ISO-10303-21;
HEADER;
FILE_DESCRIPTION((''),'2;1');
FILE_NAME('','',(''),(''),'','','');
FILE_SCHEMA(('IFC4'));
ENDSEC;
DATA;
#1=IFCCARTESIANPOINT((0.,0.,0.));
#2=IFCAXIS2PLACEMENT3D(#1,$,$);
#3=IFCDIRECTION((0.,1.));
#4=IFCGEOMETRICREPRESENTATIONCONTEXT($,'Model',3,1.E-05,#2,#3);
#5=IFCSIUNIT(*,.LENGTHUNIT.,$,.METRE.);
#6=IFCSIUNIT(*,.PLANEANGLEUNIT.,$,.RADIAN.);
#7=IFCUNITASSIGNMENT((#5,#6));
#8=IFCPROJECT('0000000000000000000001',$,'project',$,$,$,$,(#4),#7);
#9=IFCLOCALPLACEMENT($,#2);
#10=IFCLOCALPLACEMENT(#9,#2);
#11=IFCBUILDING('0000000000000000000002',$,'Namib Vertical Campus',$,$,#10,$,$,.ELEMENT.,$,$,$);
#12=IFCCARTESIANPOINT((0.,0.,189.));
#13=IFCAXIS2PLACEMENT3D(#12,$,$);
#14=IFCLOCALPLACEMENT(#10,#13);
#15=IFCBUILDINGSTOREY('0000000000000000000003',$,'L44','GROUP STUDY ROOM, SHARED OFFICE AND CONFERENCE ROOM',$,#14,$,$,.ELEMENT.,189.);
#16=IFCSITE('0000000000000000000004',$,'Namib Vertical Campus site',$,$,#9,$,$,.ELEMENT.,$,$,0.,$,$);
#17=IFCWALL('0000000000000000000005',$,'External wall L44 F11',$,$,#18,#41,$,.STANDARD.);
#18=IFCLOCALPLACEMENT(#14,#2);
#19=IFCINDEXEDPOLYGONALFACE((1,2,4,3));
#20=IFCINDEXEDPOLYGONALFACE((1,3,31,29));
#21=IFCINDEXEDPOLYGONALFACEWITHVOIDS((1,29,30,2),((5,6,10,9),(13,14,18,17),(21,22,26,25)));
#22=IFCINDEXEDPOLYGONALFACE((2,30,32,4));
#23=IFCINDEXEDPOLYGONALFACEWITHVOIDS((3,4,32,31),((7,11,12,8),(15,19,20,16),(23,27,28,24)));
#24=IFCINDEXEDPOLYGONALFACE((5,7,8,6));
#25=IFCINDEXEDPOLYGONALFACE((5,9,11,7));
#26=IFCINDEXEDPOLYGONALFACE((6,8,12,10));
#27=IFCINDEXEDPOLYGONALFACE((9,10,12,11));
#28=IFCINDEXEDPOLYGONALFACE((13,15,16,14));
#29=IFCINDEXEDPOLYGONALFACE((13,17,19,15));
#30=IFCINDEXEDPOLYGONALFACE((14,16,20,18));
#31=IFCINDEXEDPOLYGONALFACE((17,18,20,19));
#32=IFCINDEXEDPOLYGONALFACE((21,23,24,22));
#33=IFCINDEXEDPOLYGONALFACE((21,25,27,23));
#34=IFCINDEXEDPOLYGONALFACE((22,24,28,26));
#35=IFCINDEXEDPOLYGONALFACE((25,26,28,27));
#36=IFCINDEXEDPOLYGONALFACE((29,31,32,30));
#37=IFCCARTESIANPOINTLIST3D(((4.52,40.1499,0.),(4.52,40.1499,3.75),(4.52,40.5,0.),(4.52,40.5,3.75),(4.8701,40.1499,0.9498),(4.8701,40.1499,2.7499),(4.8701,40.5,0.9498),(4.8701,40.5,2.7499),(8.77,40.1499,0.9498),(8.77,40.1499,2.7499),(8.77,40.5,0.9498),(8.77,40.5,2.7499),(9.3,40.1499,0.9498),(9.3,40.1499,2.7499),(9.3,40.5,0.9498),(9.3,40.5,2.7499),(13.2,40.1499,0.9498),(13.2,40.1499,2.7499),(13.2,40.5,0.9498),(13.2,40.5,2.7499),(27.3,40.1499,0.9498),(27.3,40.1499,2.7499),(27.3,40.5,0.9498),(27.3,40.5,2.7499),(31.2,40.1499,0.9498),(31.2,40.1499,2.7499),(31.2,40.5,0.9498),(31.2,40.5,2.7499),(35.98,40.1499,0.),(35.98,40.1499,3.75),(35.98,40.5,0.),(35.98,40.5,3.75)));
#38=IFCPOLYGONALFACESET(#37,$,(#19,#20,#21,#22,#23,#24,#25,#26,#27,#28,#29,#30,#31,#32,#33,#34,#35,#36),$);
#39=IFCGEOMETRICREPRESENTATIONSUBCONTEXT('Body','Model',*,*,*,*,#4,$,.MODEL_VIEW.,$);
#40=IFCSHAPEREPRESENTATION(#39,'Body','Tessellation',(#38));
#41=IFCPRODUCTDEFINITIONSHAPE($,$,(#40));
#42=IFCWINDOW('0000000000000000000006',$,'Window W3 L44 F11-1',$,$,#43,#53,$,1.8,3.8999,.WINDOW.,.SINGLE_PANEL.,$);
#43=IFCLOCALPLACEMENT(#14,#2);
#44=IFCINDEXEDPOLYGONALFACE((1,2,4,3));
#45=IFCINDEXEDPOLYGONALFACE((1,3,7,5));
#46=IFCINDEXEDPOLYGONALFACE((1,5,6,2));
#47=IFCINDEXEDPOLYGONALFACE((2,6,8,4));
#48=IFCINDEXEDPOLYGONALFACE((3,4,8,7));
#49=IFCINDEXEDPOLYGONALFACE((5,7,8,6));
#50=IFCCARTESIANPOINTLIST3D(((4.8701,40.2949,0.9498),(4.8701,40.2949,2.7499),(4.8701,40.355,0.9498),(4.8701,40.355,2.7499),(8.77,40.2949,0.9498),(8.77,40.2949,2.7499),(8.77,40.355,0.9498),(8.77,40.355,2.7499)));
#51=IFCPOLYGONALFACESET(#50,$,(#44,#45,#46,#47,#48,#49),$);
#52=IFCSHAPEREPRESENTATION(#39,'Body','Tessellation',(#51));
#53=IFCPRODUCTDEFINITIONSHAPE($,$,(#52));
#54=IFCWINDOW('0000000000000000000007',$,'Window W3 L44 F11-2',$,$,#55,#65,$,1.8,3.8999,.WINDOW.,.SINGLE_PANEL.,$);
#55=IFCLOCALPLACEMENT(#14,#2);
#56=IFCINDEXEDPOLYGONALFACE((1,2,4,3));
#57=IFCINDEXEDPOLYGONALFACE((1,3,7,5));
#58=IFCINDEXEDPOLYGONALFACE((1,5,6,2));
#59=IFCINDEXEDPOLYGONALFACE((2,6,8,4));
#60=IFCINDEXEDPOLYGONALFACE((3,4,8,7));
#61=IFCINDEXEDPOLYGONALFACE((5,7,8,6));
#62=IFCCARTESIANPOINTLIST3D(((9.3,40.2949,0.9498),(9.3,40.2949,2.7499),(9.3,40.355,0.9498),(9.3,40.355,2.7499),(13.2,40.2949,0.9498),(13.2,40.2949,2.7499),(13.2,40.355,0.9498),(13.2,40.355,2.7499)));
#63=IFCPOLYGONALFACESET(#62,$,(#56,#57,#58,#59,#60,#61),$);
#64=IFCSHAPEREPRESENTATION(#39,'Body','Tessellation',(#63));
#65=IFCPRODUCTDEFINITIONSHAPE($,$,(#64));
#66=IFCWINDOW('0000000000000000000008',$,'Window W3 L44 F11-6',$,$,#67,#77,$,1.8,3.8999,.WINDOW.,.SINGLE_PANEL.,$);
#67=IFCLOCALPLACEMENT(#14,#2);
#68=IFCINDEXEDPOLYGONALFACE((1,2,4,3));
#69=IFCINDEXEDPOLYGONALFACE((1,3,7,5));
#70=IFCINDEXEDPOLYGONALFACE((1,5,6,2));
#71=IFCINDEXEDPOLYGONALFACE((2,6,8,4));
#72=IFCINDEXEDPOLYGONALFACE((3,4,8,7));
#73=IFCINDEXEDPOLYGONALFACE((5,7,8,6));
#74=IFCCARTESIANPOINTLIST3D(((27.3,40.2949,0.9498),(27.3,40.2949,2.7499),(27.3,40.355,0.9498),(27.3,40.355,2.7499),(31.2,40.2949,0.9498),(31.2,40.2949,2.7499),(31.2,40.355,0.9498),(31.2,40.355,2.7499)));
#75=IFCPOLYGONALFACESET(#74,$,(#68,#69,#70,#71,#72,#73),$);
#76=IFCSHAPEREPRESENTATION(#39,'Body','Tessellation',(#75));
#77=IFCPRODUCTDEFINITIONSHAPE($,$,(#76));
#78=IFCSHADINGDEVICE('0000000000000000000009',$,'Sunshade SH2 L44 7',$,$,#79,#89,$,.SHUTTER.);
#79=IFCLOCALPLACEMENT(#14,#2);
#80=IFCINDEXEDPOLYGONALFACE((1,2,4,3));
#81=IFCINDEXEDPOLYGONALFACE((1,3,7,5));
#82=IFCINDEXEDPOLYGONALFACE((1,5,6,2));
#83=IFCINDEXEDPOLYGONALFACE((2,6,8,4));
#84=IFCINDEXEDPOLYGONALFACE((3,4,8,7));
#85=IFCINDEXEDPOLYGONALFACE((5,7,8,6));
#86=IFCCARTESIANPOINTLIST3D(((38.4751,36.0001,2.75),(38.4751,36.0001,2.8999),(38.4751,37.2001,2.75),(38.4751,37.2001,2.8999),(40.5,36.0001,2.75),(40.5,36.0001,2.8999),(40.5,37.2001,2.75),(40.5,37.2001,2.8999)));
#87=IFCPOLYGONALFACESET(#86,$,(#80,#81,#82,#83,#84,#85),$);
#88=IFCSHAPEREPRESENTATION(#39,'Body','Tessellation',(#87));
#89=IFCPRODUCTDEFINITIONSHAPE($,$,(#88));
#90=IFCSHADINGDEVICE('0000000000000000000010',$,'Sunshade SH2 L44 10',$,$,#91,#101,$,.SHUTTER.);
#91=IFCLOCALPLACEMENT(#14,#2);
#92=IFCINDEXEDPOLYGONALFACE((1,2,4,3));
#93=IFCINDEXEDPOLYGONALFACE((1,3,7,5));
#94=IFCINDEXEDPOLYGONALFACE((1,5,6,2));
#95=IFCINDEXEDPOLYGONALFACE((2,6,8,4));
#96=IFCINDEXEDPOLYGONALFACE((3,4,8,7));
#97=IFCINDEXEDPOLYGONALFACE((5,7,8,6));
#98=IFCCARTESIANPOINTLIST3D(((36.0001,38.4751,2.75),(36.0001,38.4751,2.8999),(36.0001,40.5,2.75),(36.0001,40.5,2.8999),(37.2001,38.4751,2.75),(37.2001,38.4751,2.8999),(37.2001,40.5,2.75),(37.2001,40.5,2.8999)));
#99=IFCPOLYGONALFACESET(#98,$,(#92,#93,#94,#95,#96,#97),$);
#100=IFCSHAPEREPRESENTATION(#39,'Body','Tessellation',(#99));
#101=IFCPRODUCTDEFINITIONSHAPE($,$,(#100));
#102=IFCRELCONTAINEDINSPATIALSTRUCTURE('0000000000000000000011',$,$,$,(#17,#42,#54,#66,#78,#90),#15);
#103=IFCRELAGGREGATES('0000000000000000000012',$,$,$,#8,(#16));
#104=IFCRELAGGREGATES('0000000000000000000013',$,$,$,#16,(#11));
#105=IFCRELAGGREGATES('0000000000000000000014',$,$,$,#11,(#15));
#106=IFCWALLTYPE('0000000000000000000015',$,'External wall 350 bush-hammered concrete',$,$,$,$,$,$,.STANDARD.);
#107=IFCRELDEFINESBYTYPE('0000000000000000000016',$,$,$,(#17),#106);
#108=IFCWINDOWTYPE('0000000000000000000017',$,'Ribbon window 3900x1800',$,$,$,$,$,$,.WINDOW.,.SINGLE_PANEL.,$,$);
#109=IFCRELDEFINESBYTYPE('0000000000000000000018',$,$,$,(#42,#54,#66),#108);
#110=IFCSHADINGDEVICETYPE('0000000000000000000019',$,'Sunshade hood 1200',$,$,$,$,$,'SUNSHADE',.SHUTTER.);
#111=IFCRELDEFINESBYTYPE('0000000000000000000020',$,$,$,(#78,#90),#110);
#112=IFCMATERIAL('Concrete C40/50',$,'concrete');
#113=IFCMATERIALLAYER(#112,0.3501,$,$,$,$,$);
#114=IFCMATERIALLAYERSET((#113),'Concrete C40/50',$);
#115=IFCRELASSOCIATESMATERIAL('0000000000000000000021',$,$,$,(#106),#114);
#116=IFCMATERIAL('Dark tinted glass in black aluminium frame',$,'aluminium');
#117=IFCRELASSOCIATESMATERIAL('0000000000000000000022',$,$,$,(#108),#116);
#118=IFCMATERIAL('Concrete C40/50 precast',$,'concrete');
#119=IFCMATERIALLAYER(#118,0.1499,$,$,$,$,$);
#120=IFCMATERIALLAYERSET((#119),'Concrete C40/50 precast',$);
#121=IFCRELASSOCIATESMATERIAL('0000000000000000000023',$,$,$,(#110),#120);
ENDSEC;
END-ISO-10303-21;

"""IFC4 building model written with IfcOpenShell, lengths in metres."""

from ifc_helpers import new_model, si_unit, direction, frame, frame_2d, origin, origin_2d, place, context, subcontext, project, spatial, rectangle, extrude, material, layer, layer_set, type_object, element, fill, save


model = new_model("IFC4")

# Units and contexts
model_context = context("Model", 3, precision=1e-05, world=origin(), true_north=direction((0.0, 1.0)))
body_context = subcontext(model_context, "Body", "Model", "MODEL_VIEW")
ifc_project = project(units=[si_unit("LENGTHUNIT", "METRE"), si_unit("PLANEANGLEUNIT", "RADIAN")], contexts=[model_context])

# Site, building, storey
site_placement = place(None, origin())
site = spatial("IfcSite", under=ifc_project, at=site_placement, Name="Namib Vertical Campus site", CompositionType="ELEMENT", RefElevation=0.0)
building_placement = place(site_placement, origin())
building = spatial("IfcBuilding", under=site, at=building_placement, Name="Namib Vertical Campus", CompositionType="ELEMENT")
storey_placement = place(building_placement, frame((0.0, 0.0, 189.0)))
storey = spatial("IfcBuildingStorey", under=building, at=storey_placement, Name="L44", Description="GROUP STUDY ROOM, SHARED OFFICE AND CONFERENCE ROOM", CompositionType="ELEMENT", Elevation=189.0)

# Shared definitions
ifc_material_1 = material(Name="Concrete C40/50", Category="concrete")
ifc_layer_1 = layer(ifc_material_1, 0.3501)
ifc_layer_set_1 = layer_set([ifc_layer_1], Name="Concrete C40/50")
wall_type_1 = type_object("IfcWallType", Name="External wall 350 bush-hammered concrete", PredefinedType="STANDARD", material=ifc_layer_set_1)

# Wall, openings, windows
wall_1_placement = place(storey_placement, frame((35.98, 40.325, 0.0), z_axis=(0.0, 0.0, 1.0), x_axis=(-1.0, 0.0, 0.0)))
wall_1 = element("IfcWall", 1, at=wall_1_placement, inside=storey, type_object=wall_type_1, Name="External wall L44 F11", PredefinedType="STANDARD", context=body_context, shape_type="SweptSolid", body=[
    extrude(rectangle(XDim=31.46, YDim=0.3501, at=frame_2d((15.73, 0.0))), origin(), (0.0, 0.0, 1.0), 3.75),
])
opening_1_placement = place(wall_1_placement, frame((27.21, 0.0, 0.95)))
opening_1 = element("IfcOpeningElement", 2, at=opening_1_placement, cuts=wall_1, PredefinedType="OPENING", context=body_context, shape_type="SweptSolid", body=[
    extrude(rectangle(XDim=3.8999, YDim=1.8, at=frame_2d((1.95, 0.8999))), frame((0.0, 0.1851, 0.0), z_axis=(0.0, -1.0, 0.0), x_axis=(1.0, 0.0, 0.0)), (0.0, 0.0, 1.0), 0.3701),
])
opening_2_placement = place(wall_1_placement, frame((22.78, 0.0, 0.95)))
opening_2 = element("IfcOpeningElement", 3, at=opening_2_placement, cuts=wall_1, PredefinedType="OPENING", context=body_context, shape_type="SweptSolid", body=[
    extrude(rectangle(XDim=3.8999, YDim=1.8, at=frame_2d((1.95, 0.8999))), frame((0.0, 0.1851, 0.0), z_axis=(0.0, -1.0, 0.0), x_axis=(1.0, 0.0, 0.0)), (0.0, 0.0, 1.0), 0.3701),
])
opening_3_placement = place(wall_1_placement, frame((4.78, 0.0, 0.95)))
opening_3 = element("IfcOpeningElement", 4, at=opening_3_placement, cuts=wall_1, PredefinedType="OPENING", context=body_context, shape_type="SweptSolid", body=[
    extrude(rectangle(XDim=3.8999, YDim=1.8, at=frame_2d((1.95, 0.8999))), frame((0.0, 0.1851, 0.0), z_axis=(0.0, -1.0, 0.0), x_axis=(1.0, 0.0, 0.0)), (0.0, 0.0, 1.0), 0.3701),
])
ifc_material_2 = material(Name="Dark tinted glass in black aluminium frame", Category="aluminium")
window_type = type_object("IfcWindowType", Name="Ribbon window 3900x1800", PartitioningType="SINGLE_PANEL", PredefinedType="WINDOW", material=ifc_material_2)
window_1_placement = place(opening_1_placement, origin())
window_1 = element("IfcWindow", 5, at=window_1_placement, inside=storey, type_object=window_type, Name="Window W3 L44 F11-1", OverallHeight=1.8, OverallWidth=3.8999, PartitioningType="SINGLE_PANEL", PredefinedType="WINDOW", context=body_context, shape_type="SweptSolid", body=[
    extrude(rectangle(XDim=3.8999, YDim=1.8, at=frame_2d((1.95, 0.8999))), frame((0.0, 0.03, 0.0), z_axis=(0.0, -1.0, 0.0), x_axis=(1.0, 0.0, 0.0)), (0.0, 0.0, 1.0), 0.0601),
])
fill(opening_1, window_1)
window_2_placement = place(opening_2_placement, origin())
window_2 = element("IfcWindow", 6, at=window_2_placement, inside=storey, type_object=window_type, Name="Window W3 L44 F11-2", OverallHeight=1.8, OverallWidth=3.8999, PartitioningType="SINGLE_PANEL", PredefinedType="WINDOW", context=body_context, shape_type="SweptSolid", body=[
    extrude(rectangle(XDim=3.8999, YDim=1.8, at=frame_2d((1.95, 0.8999))), frame((0.0, 0.03, 0.0), z_axis=(0.0, -1.0, 0.0), x_axis=(1.0, 0.0, 0.0)), (0.0, 0.0, 1.0), 0.0601),
])
fill(opening_2, window_2)
window_3_placement = place(opening_3_placement, origin())
window_3 = element("IfcWindow", 7, at=window_3_placement, inside=storey, type_object=window_type, Name="Window W3 L44 F11-6", OverallHeight=1.8, OverallWidth=3.8999, PartitioningType="SINGLE_PANEL", PredefinedType="WINDOW", context=body_context, shape_type="SweptSolid", body=[
    extrude(rectangle(XDim=3.8999, YDim=1.8, at=frame_2d((1.95, 0.8999))), frame((0.0, 0.03, 0.0), z_axis=(0.0, -1.0, 0.0), x_axis=(1.0, 0.0, 0.0)), (0.0, 0.0, 1.0), 0.0601),
])
fill(opening_3, window_3)

# Shading devices
ifc_material_3 = material(Name="Concrete C40/50 precast", Category="concrete")
ifc_layer_2 = layer(ifc_material_3, 0.1499)
ifc_layer_set_2 = layer_set([ifc_layer_2], Name="Concrete C40/50 precast")
shading_device_type = type_object("IfcShadingDeviceType", Name="Sunshade hood 1200", ElementType="SUNSHADE", PredefinedType="SHUTTER", material=ifc_layer_set_2)
for number, where, z_axis, x_axis, name in (
    (8, (39.4875, 36.6001, 2.75), (0.0, 0.0, 1.0), (-1.0, 0.0, 0.0), "Sunshade SH2 L44 7"),
    (9, (36.6001, 39.4875, 2.75), (0.0, 0.0, 1.0), (0.0, 1.0, 0.0), "Sunshade SH2 L44 10"),
):
    element("IfcShadingDevice", number, at=place(storey_placement, frame(where, z_axis=z_axis, x_axis=x_axis)), inside=storey, type_object=shading_device_type, Name=name, PredefinedType="SHUTTER", context=body_context, shape_type="SweptSolid", body=[
        extrude(rectangle(XDim=2.0249, YDim=1.2, at=origin_2d()), origin(), (0.0, 0.0, 1.0), 0.1499),
    ])

save(model, "model.ifc")
